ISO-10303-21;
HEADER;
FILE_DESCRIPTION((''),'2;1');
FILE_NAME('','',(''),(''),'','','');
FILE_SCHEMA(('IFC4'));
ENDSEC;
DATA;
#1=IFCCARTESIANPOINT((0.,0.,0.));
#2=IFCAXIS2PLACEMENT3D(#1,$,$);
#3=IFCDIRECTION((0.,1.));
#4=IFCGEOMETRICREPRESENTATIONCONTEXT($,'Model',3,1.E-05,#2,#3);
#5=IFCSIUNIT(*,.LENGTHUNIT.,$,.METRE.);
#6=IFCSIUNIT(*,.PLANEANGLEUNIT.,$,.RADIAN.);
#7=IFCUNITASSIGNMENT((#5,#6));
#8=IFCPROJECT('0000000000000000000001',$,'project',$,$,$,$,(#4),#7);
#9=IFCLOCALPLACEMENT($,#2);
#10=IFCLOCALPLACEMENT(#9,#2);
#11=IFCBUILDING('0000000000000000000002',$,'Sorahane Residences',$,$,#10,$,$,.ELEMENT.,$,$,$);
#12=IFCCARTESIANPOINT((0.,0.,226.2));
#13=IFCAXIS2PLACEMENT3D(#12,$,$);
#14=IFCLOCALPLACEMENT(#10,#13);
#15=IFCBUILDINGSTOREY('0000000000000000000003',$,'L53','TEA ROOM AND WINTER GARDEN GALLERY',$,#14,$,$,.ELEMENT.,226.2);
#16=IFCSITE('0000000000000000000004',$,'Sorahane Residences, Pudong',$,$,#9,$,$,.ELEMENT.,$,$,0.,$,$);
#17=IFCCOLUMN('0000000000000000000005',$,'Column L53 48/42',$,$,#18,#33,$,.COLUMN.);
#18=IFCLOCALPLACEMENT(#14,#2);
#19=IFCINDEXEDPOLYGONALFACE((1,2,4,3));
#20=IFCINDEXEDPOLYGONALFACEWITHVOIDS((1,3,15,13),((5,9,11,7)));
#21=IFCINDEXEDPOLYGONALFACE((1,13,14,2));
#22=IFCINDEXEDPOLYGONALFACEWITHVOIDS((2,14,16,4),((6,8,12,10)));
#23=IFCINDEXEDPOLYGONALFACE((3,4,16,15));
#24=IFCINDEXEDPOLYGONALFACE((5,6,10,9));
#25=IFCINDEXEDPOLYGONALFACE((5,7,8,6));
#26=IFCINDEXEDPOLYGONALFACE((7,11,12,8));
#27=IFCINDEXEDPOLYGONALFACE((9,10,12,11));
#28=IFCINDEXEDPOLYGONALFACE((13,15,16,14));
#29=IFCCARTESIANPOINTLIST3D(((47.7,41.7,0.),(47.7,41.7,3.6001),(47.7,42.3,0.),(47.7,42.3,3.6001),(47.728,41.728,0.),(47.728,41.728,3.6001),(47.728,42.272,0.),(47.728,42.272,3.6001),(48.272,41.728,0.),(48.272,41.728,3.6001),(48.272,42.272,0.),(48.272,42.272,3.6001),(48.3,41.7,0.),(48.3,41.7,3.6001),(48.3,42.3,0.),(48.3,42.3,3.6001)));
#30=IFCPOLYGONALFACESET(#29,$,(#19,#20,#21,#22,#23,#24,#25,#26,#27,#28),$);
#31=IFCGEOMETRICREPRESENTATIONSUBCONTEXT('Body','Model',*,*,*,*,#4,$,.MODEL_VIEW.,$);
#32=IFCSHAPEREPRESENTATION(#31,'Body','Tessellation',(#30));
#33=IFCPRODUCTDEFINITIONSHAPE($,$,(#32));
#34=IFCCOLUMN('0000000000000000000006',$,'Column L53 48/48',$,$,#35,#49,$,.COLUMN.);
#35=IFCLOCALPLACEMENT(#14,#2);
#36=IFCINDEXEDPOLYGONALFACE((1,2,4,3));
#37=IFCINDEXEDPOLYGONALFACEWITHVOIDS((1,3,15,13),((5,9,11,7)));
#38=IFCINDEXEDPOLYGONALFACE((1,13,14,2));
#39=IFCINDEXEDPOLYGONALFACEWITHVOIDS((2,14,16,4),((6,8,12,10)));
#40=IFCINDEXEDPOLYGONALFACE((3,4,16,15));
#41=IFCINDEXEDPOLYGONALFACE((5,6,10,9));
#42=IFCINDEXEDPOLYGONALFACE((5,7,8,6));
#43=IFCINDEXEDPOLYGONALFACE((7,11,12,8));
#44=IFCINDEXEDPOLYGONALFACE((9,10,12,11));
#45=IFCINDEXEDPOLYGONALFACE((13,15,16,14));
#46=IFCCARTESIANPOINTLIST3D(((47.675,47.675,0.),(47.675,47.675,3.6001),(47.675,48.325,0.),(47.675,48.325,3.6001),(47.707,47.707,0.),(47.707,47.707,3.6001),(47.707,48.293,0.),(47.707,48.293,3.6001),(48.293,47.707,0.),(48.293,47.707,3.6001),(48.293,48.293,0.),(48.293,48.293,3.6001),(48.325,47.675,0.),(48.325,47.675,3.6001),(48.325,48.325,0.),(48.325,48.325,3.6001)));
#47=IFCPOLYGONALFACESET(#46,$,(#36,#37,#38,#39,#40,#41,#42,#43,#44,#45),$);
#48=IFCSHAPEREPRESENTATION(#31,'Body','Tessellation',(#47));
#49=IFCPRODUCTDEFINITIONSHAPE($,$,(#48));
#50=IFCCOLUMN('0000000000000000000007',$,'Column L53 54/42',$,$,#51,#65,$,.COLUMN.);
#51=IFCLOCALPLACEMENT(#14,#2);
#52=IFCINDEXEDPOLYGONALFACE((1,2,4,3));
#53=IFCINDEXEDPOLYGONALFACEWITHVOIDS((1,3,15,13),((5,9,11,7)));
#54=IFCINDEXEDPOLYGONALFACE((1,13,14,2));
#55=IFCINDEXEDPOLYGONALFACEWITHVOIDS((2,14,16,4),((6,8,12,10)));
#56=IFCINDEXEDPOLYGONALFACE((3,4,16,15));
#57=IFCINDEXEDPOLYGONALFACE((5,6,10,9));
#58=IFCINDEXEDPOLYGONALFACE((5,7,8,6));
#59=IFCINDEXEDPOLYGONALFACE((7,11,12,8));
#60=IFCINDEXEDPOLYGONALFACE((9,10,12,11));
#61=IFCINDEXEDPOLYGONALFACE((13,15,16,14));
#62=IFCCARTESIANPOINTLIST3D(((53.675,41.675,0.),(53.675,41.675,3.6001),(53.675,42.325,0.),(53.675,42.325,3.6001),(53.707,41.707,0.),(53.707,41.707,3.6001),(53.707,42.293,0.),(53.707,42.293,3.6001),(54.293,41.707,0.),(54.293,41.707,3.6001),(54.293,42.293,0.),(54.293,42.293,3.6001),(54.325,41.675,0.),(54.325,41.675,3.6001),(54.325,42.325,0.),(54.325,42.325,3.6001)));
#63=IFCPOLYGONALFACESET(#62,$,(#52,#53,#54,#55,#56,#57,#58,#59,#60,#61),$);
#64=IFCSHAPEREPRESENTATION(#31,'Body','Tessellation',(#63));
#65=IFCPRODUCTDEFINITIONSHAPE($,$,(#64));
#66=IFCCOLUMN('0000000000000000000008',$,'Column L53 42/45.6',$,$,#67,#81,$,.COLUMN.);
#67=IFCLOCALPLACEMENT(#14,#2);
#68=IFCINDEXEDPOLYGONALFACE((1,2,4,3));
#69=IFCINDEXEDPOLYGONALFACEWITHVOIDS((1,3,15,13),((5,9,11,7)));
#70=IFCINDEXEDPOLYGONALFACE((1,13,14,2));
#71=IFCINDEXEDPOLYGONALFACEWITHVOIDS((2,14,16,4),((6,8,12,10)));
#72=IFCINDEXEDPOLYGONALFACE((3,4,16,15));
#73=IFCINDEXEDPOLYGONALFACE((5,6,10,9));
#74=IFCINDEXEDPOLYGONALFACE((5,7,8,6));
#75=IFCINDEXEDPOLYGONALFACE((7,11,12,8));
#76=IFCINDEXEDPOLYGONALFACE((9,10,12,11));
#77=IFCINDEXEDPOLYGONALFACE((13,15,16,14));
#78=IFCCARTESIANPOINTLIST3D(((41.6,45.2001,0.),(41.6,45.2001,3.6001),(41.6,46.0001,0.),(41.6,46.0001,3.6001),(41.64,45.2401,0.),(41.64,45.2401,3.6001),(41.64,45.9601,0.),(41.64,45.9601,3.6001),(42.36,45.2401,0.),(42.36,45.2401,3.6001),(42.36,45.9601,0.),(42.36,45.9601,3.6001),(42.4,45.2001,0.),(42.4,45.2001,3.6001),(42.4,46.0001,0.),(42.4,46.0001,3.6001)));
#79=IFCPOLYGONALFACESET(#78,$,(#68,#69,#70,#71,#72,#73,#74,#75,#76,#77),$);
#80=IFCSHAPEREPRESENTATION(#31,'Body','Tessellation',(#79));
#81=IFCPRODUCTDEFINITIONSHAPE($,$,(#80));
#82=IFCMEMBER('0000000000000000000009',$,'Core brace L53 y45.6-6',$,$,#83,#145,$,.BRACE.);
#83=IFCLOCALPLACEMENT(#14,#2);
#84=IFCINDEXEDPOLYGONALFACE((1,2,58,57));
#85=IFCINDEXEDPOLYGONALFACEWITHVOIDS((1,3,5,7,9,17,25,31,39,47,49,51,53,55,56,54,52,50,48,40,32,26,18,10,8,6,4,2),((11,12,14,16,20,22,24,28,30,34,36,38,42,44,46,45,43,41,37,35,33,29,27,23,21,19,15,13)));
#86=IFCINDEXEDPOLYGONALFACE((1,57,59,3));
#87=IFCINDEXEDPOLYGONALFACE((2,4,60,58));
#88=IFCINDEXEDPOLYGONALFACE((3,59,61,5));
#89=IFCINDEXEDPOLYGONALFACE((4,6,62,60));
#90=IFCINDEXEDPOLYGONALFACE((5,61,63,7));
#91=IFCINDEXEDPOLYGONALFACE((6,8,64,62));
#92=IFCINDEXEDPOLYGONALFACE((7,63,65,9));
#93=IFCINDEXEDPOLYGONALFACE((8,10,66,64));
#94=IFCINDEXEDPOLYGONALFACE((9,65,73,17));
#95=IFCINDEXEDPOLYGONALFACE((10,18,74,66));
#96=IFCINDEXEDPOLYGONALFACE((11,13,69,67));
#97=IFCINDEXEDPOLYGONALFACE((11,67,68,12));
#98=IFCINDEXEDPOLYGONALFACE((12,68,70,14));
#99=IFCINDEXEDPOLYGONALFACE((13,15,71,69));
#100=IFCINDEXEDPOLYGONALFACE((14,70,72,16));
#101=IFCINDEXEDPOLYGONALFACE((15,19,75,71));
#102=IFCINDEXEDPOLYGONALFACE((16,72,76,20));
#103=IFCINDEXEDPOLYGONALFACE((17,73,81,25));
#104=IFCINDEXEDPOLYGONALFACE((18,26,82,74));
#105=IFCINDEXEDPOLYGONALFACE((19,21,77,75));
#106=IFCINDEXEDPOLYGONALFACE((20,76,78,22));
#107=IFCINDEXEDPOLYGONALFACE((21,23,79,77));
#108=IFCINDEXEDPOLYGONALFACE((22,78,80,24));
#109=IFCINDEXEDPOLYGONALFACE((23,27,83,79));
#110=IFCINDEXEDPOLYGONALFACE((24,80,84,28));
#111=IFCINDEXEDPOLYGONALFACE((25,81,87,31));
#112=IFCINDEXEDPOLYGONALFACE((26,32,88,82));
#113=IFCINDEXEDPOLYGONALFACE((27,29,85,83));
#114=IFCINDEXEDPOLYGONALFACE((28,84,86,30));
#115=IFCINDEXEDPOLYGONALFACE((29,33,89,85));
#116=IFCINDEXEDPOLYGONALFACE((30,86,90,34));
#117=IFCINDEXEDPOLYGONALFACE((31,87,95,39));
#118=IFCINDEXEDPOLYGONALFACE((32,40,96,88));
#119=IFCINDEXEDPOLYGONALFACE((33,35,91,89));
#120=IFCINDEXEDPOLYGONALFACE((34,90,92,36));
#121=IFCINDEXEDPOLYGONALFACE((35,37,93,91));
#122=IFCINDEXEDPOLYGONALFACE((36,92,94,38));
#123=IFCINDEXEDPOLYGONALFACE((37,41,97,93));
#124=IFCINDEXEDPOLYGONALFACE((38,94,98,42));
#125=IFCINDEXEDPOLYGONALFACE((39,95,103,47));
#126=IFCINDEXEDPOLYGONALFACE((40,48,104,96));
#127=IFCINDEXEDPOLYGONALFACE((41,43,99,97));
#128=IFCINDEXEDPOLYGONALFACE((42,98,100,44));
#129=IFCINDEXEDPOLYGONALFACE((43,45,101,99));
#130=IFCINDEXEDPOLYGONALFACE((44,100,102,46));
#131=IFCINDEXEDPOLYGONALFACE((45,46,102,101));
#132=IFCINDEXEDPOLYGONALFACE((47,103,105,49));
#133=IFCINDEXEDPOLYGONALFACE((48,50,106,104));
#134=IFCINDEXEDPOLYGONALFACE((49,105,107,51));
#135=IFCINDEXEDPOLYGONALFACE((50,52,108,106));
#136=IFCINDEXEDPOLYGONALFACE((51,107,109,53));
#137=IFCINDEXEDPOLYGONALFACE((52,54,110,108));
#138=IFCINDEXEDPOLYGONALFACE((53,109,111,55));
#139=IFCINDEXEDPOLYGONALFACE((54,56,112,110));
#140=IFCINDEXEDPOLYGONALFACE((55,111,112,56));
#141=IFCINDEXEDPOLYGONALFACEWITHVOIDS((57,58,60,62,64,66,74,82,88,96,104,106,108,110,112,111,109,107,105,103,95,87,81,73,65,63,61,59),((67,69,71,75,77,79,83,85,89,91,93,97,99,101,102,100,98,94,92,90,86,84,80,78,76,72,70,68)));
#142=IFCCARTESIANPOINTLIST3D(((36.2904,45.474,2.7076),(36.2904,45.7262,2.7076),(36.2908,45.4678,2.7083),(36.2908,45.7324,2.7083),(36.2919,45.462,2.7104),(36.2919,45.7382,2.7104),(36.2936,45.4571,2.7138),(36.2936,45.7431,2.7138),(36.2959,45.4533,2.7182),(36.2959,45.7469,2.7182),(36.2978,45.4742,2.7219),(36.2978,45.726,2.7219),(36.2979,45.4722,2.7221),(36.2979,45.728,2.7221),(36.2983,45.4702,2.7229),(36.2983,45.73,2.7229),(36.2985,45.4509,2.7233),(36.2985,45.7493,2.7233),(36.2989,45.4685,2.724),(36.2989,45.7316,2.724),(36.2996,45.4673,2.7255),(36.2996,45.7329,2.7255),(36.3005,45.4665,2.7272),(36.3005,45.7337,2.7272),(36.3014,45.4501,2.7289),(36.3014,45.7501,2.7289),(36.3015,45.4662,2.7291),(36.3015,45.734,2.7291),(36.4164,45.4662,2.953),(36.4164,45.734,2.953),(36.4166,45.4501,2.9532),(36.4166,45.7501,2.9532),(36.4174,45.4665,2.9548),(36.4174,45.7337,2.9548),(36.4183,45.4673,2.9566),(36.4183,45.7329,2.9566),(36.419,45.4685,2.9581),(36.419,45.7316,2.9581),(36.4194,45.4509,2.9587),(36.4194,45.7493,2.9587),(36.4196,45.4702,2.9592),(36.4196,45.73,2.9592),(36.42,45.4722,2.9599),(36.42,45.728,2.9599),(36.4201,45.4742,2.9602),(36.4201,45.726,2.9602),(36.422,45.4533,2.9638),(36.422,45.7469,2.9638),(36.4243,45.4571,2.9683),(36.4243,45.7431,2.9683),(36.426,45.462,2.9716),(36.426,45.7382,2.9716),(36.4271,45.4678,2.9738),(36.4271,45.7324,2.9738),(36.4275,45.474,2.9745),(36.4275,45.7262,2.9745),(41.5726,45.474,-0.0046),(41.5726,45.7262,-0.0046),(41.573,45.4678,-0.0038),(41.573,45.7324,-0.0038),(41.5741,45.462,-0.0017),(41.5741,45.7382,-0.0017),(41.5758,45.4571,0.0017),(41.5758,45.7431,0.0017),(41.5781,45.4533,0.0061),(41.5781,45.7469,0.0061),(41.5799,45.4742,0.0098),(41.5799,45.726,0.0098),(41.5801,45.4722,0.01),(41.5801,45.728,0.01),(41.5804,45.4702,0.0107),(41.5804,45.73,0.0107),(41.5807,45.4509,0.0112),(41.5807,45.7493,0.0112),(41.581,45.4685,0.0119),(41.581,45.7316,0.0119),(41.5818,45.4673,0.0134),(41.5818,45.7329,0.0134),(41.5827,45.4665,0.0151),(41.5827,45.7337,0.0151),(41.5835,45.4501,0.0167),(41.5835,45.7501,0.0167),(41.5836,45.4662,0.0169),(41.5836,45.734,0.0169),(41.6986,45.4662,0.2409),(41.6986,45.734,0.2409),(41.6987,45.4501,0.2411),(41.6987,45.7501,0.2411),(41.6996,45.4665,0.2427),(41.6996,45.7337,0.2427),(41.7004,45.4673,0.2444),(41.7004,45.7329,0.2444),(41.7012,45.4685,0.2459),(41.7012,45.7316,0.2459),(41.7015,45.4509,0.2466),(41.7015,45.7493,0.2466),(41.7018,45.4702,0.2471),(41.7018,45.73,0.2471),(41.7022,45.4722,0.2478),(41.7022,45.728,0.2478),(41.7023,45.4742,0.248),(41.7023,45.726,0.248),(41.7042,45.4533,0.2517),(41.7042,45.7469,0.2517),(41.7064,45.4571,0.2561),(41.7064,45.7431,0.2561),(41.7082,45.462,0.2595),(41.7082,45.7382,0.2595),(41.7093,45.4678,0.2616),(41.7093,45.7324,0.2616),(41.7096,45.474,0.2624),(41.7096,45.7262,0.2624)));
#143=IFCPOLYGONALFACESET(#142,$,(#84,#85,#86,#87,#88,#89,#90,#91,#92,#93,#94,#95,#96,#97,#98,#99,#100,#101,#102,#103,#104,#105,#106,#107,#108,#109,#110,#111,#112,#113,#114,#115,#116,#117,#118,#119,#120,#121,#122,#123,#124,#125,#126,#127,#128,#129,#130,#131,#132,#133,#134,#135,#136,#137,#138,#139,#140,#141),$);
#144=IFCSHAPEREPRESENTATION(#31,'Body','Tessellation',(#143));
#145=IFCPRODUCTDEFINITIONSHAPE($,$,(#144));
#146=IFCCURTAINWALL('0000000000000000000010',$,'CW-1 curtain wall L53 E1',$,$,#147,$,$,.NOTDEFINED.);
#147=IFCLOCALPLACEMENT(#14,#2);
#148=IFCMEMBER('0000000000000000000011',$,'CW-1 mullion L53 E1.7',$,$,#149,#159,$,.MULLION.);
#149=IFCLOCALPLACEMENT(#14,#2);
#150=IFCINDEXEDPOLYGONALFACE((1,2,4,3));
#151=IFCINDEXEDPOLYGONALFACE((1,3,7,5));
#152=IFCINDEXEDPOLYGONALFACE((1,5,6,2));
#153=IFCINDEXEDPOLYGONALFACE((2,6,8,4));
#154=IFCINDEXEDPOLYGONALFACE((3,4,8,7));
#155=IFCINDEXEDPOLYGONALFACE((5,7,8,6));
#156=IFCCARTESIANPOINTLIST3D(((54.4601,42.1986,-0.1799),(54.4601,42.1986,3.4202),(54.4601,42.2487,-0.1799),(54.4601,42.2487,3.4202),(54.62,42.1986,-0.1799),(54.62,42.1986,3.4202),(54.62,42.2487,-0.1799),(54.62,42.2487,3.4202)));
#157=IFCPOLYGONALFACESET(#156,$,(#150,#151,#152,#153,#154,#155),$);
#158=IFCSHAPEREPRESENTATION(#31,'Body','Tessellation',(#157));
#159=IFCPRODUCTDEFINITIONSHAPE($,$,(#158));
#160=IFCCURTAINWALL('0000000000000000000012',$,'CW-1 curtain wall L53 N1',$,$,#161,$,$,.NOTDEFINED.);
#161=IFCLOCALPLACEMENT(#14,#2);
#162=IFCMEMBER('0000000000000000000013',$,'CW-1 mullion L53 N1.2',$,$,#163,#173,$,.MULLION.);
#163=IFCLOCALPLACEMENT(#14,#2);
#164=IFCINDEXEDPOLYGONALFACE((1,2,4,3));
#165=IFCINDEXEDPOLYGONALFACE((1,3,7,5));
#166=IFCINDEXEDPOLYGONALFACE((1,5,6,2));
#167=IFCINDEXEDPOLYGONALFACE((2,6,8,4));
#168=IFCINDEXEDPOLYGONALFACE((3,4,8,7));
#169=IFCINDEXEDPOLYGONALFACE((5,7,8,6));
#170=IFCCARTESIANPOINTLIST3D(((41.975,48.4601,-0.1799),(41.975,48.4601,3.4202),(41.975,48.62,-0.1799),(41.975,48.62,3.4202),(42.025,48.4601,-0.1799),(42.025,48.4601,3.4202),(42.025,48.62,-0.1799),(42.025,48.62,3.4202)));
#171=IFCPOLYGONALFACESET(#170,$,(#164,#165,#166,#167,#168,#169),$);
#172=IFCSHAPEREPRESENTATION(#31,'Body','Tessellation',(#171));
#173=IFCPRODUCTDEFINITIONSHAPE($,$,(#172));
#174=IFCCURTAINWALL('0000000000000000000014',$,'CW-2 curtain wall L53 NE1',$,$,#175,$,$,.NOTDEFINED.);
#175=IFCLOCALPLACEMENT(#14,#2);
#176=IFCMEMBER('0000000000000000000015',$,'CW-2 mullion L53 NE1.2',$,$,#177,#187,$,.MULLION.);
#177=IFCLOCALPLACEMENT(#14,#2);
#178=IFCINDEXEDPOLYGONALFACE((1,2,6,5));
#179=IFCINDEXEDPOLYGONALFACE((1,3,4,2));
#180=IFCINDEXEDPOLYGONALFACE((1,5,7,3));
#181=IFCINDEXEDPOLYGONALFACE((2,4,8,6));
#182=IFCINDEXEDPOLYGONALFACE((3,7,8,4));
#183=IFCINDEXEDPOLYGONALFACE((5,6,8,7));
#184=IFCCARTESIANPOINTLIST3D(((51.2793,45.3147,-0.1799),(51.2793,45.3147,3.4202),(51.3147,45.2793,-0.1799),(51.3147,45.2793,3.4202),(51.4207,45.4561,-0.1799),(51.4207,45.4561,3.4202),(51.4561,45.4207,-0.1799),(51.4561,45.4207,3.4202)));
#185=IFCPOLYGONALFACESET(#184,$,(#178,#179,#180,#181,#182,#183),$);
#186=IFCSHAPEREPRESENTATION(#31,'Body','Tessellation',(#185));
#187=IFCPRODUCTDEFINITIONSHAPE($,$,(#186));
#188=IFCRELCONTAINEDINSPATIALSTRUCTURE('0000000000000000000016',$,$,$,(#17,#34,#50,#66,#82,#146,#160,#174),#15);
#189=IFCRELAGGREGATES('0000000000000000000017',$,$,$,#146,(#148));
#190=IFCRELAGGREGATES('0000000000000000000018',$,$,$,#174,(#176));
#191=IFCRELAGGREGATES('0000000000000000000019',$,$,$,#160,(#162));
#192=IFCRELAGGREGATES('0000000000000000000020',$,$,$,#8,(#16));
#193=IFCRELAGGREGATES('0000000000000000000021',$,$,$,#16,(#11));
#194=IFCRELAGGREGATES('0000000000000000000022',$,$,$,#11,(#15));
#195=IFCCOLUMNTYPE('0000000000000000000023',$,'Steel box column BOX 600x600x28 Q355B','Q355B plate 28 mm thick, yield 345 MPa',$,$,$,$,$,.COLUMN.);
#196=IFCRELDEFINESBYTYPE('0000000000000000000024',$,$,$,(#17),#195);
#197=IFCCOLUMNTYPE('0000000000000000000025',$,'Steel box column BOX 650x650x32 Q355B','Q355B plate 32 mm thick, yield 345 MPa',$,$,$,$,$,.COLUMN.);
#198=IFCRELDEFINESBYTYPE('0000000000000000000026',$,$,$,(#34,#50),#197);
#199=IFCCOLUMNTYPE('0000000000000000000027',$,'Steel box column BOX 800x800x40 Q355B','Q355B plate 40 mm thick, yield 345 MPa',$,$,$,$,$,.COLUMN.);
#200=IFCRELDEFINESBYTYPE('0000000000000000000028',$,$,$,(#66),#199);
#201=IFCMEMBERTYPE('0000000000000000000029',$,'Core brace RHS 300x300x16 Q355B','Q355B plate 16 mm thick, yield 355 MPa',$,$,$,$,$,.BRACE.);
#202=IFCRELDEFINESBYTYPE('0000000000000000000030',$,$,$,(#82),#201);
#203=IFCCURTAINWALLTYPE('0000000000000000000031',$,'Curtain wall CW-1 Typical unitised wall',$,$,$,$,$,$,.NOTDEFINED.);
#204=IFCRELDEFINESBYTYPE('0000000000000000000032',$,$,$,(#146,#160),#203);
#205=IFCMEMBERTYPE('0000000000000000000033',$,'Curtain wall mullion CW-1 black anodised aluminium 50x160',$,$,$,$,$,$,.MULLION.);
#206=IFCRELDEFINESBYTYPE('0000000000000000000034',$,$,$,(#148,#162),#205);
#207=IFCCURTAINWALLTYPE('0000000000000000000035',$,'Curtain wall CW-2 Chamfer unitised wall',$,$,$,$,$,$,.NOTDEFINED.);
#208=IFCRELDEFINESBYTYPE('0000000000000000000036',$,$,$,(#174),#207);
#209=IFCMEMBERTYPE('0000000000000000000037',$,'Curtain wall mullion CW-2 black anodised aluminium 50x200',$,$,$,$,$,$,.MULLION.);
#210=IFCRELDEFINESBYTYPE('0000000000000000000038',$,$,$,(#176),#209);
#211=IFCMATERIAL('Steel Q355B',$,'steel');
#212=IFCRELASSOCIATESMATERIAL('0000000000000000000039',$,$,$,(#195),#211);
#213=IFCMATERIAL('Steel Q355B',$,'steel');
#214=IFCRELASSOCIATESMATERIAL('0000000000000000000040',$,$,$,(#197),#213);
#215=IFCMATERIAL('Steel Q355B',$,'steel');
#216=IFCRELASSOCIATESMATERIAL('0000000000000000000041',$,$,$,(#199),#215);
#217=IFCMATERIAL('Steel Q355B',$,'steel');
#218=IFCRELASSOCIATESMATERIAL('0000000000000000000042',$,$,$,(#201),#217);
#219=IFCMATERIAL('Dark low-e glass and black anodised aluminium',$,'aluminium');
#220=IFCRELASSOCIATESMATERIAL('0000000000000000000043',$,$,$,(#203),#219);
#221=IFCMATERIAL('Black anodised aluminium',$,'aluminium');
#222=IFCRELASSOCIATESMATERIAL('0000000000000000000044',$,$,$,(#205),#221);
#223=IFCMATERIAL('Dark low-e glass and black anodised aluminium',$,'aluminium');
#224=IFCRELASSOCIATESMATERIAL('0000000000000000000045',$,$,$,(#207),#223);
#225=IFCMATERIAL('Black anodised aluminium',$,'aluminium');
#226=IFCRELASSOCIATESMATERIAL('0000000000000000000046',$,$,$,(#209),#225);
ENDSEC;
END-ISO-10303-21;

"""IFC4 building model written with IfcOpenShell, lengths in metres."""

from ifc_helpers import new_model, si_unit, direction, frame, origin, origin_2d, place, context, subcontext, project, spatial, rectangle, hollow_rectangle, extrude, material, material_profile, profile_set, type_object, element, aggregate, save


model = new_model("IFC4")

# Units and contexts
model_context = context("Model", 3, precision=1e-05, world=origin(), true_north=direction((0.0, 1.0)))
body_context = subcontext(model_context, "Body", "Model", "MODEL_VIEW")
ifc_project = project(units=[si_unit("LENGTHUNIT", "METRE"), si_unit("PLANEANGLEUNIT", "RADIAN")], contexts=[model_context])

# Site, building, storey
site_placement = place(None, origin())
site = spatial("IfcSite", under=ifc_project, at=site_placement, Name="Sorahane Residences, Pudong", CompositionType="ELEMENT", RefElevation=0.0)
building_placement = place(site_placement, origin())
building = spatial("IfcBuilding", under=site, at=building_placement, Name="Sorahane Residences", CompositionType="ELEMENT")
storey_placement = place(building_placement, frame((0.0, 0.0, 226.2)))
storey = spatial("IfcBuildingStorey", under=building, at=storey_placement, Name="L53", Description="TEA ROOM AND WINTER GARDEN GALLERY", CompositionType="ELEMENT", Elevation=226.2)

# Columns
ifc_material_1 = material(Name="Steel Q355B", Category="steel")
ifc_material_profile_1 = material_profile(ifc_material_1, hollow_rectangle(XDim=0.6001, YDim=0.6001, WallThickness=0.0281, at=origin_2d()), Name="BOX 600x600x28")
ifc_profile_set_1 = profile_set([ifc_material_profile_1], Name="Steel Q355B")
column_type_1 = type_object("IfcColumnType", Name="Steel box column BOX 600x600x28 Q355B", Description="Q355B plate 28 mm thick, yield 345 MPa", PredefinedType="COLUMN", material=ifc_profile_set_1)
column_1_placement = place(storey_placement, frame((48.0, 42.0, 0.0), z_axis=(0.0, 0.0, 1.0), x_axis=(1.0, 0.0, 0.0)))
element("IfcColumn", 1, at=column_1_placement, inside=storey, type_object=column_type_1, Name="Column L53 48/42", PredefinedType="COLUMN", context=body_context, shape_type="SweptSolid", body=[
    extrude(hollow_rectangle(XDim=0.6001, YDim=0.6001, WallThickness=0.0281, at=origin_2d()), origin(), (0.0, 0.0, 1.0), 3.6001),
])
ifc_material_2 = material(Name="Steel Q355B", Category="steel")
ifc_material_profile_2 = material_profile(ifc_material_2, hollow_rectangle(XDim=0.6499, YDim=0.6499, WallThickness=0.032, at=origin_2d()), Name="BOX 650x650x32")
ifc_profile_set_2 = profile_set([ifc_material_profile_2], Name="Steel Q355B")
column_type_2 = type_object("IfcColumnType", Name="Steel box column BOX 650x650x32 Q355B", Description="Q355B plate 32 mm thick, yield 345 MPa", PredefinedType="COLUMN", material=ifc_profile_set_2)
for number, where, z_axis, x_axis, name in (
    (2, (48.0, 48.0, 0.0), (0.0, 0.0, 1.0), (1.0, 0.0, 0.0), "Column L53 48/48"),
    (3, (54.0, 42.0, 0.0), (0.0, 0.0, 1.0), (1.0, 0.0, 0.0), "Column L53 54/42"),
):
    element("IfcColumn", number, at=place(storey_placement, frame(where, z_axis=z_axis, x_axis=x_axis)), inside=storey, type_object=column_type_2, Name=name, PredefinedType="COLUMN", context=body_context, shape_type="SweptSolid", body=[
        extrude(hollow_rectangle(XDim=0.6499, YDim=0.6499, WallThickness=0.032, at=origin_2d()), origin(), (0.0, 0.0, 1.0), 3.6001),
    ])
ifc_material_3 = material(Name="Steel Q355B", Category="steel")
ifc_material_profile_3 = material_profile(ifc_material_3, hollow_rectangle(XDim=0.8, YDim=0.8, WallThickness=0.04, at=origin_2d()), Name="BOX 800x800x40")
ifc_profile_set_3 = profile_set([ifc_material_profile_3], Name="Steel Q355B")
column_type_3 = type_object("IfcColumnType", Name="Steel box column BOX 800x800x40 Q355B", Description="Q355B plate 40 mm thick, yield 345 MPa", PredefinedType="COLUMN", material=ifc_profile_set_3)
column_2_placement = place(storey_placement, frame((42.0, 45.6001, 0.0), z_axis=(0.0, 0.0, 1.0), x_axis=(1.0, 0.0, 0.0)))
element("IfcColumn", 4, at=column_2_placement, inside=storey, type_object=column_type_3, Name="Column L53 42/45.6", PredefinedType="COLUMN", context=body_context, shape_type="SweptSolid", body=[
    extrude(hollow_rectangle(XDim=0.8, YDim=0.8, WallThickness=0.04, at=origin_2d()), origin(), (0.0, 0.0, 1.0), 3.6001),
])

# Member
ifc_material_4 = material(Name="Steel Q355B", Category="steel")
ifc_material_profile_4 = material_profile(ifc_material_4, hollow_rectangle(XDim=0.3, YDim=0.3, WallThickness=0.0161, InnerFilletRadius=0.0081, OuterFilletRadius=0.0239, at=origin_2d()), Name="RHS 300x300x16")
ifc_profile_set_4 = profile_set([ifc_material_profile_4], Name="Steel Q355B")
member_type_1 = type_object("IfcMemberType", Name="Core brace RHS 300x300x16 Q355B", Description="Q355B plate 16 mm thick, yield 355 MPa", PredefinedType="BRACE", material=ifc_profile_set_4)
member_1_placement = place(storey_placement, frame((41.6411, 45.6001, 0.1289), z_axis=(-0.88959, 0.0, 0.45676), x_axis=(0.0, -1.0, 0.0)))
element("IfcMember", 5, at=member_1_placement, inside=storey, type_object=member_type_1, Name="Core brace L53 y45.6-6", PredefinedType="BRACE", context=body_context, shape_type="SweptSolid", body=[
    extrude(hollow_rectangle(XDim=0.3, YDim=0.3, WallThickness=0.0161, InnerFilletRadius=0.0081, OuterFilletRadius=0.0239, at=origin_2d()), origin(), (0.0, 0.0, 1.0), 5.9377),
])

# Curtain walls, members
ifc_material_5 = material(Name="Dark low-e glass and black anodised aluminium", Category="aluminium")
curtain_wall_type_1 = type_object("IfcCurtainWallType", Name="Curtain wall CW-1 Typical unitised wall", PredefinedType="NOTDEFINED", material=ifc_material_5)
curtain_wall_1_placement = place(storey_placement, origin())
curtain_wall_1 = element("IfcCurtainWall", 6, at=curtain_wall_1_placement, inside=storey, type_object=curtain_wall_type_1, Name="CW-1 curtain wall L53 E1", PredefinedType="NOTDEFINED")
ifc_material_6 = material(Name="Black anodised aluminium", Category="aluminium")
ifc_material_profile_5 = material_profile(ifc_material_6, rectangle(XDim=0.1599, YDim=0.05, at=origin_2d()), Name="Curtain wall mullion CW-1 black anodised aluminium 50x160")
ifc_profile_set_5 = profile_set([ifc_material_profile_5], Name="Black anodised aluminium")
member_type_2 = type_object("IfcMemberType", Name="Curtain wall mullion CW-1 black anodised aluminium 50x160", PredefinedType="MULLION", material=ifc_profile_set_5)
member_2_placement = place(storey_placement, frame((54.54, 42.2236, -0.1799), z_axis=(0.0, 0.0, 1.0), x_axis=(1.0, 0.0, 0.0)))
member_2 = element("IfcMember", 7, at=member_2_placement, type_object=member_type_2, Name="CW-1 mullion L53 E1.7", PredefinedType="MULLION", context=body_context, shape_type="SweptSolid", body=[
    extrude(rectangle(XDim=0.1599, YDim=0.05, at=origin_2d()), origin(), (0.0, 0.0, 1.0), 3.6001),
])
aggregate(curtain_wall_1, [member_2])
curtain_wall_2_placement = place(storey_placement, origin())
curtain_wall_2 = element("IfcCurtainWall", 8, at=curtain_wall_2_placement, inside=storey, type_object=curtain_wall_type_1, Name="CW-1 curtain wall L53 N1", PredefinedType="NOTDEFINED")
member_3_placement = place(storey_placement, frame((42.0, 48.54, -0.1799), z_axis=(0.0, 0.0, 1.0), x_axis=(0.0, 1.0, 0.0)))
member_3 = element("IfcMember", 9, at=member_3_placement, type_object=member_type_2, Name="CW-1 mullion L53 N1.2", PredefinedType="MULLION", context=body_context, shape_type="SweptSolid", body=[
    extrude(rectangle(XDim=0.1599, YDim=0.05, at=origin_2d()), origin(), (0.0, 0.0, 1.0), 3.6001),
])

# Curtain wall, member
ifc_material_7 = material(Name="Dark low-e glass and black anodised aluminium", Category="aluminium")
curtain_wall_type_2 = type_object("IfcCurtainWallType", Name="Curtain wall CW-2 Chamfer unitised wall", PredefinedType="NOTDEFINED", material=ifc_material_7)
curtain_wall_3_placement = place(storey_placement, origin())
curtain_wall_3 = element("IfcCurtainWall", 10, at=curtain_wall_3_placement, inside=storey, type_object=curtain_wall_type_2, Name="CW-2 curtain wall L53 NE1", PredefinedType="NOTDEFINED")
ifc_material_8 = material(Name="Black anodised aluminium", Category="aluminium")
ifc_material_profile_6 = material_profile(ifc_material_8, rectangle(XDim=0.2, YDim=0.05, at=origin_2d()), Name="Curtain wall mullion CW-2 black anodised aluminium 50x200")
ifc_profile_set_6 = profile_set([ifc_material_profile_6], Name="Black anodised aluminium")
member_type_3 = type_object("IfcMemberType", Name="Curtain wall mullion CW-2 black anodised aluminium 50x200", PredefinedType="MULLION", material=ifc_profile_set_6)
member_4_placement = place(storey_placement, frame((51.3677, 45.3677, -0.1799), z_axis=(0.0, 0.0, 1.0), x_axis=(0.707107, 0.707107, 0.0)))
member_4 = element("IfcMember", 11, at=member_4_placement, type_object=member_type_3, Name="CW-2 mullion L53 NE1.2", PredefinedType="MULLION", context=body_context, shape_type="SweptSolid", body=[
    extrude(rectangle(XDim=0.2, YDim=0.05, at=origin_2d()), origin(), (0.0, 0.0, 1.0), 3.6001),
])

aggregate(curtain_wall_3, [member_4])
aggregate(curtain_wall_2, [member_3])

save(model, "model.ifc")
